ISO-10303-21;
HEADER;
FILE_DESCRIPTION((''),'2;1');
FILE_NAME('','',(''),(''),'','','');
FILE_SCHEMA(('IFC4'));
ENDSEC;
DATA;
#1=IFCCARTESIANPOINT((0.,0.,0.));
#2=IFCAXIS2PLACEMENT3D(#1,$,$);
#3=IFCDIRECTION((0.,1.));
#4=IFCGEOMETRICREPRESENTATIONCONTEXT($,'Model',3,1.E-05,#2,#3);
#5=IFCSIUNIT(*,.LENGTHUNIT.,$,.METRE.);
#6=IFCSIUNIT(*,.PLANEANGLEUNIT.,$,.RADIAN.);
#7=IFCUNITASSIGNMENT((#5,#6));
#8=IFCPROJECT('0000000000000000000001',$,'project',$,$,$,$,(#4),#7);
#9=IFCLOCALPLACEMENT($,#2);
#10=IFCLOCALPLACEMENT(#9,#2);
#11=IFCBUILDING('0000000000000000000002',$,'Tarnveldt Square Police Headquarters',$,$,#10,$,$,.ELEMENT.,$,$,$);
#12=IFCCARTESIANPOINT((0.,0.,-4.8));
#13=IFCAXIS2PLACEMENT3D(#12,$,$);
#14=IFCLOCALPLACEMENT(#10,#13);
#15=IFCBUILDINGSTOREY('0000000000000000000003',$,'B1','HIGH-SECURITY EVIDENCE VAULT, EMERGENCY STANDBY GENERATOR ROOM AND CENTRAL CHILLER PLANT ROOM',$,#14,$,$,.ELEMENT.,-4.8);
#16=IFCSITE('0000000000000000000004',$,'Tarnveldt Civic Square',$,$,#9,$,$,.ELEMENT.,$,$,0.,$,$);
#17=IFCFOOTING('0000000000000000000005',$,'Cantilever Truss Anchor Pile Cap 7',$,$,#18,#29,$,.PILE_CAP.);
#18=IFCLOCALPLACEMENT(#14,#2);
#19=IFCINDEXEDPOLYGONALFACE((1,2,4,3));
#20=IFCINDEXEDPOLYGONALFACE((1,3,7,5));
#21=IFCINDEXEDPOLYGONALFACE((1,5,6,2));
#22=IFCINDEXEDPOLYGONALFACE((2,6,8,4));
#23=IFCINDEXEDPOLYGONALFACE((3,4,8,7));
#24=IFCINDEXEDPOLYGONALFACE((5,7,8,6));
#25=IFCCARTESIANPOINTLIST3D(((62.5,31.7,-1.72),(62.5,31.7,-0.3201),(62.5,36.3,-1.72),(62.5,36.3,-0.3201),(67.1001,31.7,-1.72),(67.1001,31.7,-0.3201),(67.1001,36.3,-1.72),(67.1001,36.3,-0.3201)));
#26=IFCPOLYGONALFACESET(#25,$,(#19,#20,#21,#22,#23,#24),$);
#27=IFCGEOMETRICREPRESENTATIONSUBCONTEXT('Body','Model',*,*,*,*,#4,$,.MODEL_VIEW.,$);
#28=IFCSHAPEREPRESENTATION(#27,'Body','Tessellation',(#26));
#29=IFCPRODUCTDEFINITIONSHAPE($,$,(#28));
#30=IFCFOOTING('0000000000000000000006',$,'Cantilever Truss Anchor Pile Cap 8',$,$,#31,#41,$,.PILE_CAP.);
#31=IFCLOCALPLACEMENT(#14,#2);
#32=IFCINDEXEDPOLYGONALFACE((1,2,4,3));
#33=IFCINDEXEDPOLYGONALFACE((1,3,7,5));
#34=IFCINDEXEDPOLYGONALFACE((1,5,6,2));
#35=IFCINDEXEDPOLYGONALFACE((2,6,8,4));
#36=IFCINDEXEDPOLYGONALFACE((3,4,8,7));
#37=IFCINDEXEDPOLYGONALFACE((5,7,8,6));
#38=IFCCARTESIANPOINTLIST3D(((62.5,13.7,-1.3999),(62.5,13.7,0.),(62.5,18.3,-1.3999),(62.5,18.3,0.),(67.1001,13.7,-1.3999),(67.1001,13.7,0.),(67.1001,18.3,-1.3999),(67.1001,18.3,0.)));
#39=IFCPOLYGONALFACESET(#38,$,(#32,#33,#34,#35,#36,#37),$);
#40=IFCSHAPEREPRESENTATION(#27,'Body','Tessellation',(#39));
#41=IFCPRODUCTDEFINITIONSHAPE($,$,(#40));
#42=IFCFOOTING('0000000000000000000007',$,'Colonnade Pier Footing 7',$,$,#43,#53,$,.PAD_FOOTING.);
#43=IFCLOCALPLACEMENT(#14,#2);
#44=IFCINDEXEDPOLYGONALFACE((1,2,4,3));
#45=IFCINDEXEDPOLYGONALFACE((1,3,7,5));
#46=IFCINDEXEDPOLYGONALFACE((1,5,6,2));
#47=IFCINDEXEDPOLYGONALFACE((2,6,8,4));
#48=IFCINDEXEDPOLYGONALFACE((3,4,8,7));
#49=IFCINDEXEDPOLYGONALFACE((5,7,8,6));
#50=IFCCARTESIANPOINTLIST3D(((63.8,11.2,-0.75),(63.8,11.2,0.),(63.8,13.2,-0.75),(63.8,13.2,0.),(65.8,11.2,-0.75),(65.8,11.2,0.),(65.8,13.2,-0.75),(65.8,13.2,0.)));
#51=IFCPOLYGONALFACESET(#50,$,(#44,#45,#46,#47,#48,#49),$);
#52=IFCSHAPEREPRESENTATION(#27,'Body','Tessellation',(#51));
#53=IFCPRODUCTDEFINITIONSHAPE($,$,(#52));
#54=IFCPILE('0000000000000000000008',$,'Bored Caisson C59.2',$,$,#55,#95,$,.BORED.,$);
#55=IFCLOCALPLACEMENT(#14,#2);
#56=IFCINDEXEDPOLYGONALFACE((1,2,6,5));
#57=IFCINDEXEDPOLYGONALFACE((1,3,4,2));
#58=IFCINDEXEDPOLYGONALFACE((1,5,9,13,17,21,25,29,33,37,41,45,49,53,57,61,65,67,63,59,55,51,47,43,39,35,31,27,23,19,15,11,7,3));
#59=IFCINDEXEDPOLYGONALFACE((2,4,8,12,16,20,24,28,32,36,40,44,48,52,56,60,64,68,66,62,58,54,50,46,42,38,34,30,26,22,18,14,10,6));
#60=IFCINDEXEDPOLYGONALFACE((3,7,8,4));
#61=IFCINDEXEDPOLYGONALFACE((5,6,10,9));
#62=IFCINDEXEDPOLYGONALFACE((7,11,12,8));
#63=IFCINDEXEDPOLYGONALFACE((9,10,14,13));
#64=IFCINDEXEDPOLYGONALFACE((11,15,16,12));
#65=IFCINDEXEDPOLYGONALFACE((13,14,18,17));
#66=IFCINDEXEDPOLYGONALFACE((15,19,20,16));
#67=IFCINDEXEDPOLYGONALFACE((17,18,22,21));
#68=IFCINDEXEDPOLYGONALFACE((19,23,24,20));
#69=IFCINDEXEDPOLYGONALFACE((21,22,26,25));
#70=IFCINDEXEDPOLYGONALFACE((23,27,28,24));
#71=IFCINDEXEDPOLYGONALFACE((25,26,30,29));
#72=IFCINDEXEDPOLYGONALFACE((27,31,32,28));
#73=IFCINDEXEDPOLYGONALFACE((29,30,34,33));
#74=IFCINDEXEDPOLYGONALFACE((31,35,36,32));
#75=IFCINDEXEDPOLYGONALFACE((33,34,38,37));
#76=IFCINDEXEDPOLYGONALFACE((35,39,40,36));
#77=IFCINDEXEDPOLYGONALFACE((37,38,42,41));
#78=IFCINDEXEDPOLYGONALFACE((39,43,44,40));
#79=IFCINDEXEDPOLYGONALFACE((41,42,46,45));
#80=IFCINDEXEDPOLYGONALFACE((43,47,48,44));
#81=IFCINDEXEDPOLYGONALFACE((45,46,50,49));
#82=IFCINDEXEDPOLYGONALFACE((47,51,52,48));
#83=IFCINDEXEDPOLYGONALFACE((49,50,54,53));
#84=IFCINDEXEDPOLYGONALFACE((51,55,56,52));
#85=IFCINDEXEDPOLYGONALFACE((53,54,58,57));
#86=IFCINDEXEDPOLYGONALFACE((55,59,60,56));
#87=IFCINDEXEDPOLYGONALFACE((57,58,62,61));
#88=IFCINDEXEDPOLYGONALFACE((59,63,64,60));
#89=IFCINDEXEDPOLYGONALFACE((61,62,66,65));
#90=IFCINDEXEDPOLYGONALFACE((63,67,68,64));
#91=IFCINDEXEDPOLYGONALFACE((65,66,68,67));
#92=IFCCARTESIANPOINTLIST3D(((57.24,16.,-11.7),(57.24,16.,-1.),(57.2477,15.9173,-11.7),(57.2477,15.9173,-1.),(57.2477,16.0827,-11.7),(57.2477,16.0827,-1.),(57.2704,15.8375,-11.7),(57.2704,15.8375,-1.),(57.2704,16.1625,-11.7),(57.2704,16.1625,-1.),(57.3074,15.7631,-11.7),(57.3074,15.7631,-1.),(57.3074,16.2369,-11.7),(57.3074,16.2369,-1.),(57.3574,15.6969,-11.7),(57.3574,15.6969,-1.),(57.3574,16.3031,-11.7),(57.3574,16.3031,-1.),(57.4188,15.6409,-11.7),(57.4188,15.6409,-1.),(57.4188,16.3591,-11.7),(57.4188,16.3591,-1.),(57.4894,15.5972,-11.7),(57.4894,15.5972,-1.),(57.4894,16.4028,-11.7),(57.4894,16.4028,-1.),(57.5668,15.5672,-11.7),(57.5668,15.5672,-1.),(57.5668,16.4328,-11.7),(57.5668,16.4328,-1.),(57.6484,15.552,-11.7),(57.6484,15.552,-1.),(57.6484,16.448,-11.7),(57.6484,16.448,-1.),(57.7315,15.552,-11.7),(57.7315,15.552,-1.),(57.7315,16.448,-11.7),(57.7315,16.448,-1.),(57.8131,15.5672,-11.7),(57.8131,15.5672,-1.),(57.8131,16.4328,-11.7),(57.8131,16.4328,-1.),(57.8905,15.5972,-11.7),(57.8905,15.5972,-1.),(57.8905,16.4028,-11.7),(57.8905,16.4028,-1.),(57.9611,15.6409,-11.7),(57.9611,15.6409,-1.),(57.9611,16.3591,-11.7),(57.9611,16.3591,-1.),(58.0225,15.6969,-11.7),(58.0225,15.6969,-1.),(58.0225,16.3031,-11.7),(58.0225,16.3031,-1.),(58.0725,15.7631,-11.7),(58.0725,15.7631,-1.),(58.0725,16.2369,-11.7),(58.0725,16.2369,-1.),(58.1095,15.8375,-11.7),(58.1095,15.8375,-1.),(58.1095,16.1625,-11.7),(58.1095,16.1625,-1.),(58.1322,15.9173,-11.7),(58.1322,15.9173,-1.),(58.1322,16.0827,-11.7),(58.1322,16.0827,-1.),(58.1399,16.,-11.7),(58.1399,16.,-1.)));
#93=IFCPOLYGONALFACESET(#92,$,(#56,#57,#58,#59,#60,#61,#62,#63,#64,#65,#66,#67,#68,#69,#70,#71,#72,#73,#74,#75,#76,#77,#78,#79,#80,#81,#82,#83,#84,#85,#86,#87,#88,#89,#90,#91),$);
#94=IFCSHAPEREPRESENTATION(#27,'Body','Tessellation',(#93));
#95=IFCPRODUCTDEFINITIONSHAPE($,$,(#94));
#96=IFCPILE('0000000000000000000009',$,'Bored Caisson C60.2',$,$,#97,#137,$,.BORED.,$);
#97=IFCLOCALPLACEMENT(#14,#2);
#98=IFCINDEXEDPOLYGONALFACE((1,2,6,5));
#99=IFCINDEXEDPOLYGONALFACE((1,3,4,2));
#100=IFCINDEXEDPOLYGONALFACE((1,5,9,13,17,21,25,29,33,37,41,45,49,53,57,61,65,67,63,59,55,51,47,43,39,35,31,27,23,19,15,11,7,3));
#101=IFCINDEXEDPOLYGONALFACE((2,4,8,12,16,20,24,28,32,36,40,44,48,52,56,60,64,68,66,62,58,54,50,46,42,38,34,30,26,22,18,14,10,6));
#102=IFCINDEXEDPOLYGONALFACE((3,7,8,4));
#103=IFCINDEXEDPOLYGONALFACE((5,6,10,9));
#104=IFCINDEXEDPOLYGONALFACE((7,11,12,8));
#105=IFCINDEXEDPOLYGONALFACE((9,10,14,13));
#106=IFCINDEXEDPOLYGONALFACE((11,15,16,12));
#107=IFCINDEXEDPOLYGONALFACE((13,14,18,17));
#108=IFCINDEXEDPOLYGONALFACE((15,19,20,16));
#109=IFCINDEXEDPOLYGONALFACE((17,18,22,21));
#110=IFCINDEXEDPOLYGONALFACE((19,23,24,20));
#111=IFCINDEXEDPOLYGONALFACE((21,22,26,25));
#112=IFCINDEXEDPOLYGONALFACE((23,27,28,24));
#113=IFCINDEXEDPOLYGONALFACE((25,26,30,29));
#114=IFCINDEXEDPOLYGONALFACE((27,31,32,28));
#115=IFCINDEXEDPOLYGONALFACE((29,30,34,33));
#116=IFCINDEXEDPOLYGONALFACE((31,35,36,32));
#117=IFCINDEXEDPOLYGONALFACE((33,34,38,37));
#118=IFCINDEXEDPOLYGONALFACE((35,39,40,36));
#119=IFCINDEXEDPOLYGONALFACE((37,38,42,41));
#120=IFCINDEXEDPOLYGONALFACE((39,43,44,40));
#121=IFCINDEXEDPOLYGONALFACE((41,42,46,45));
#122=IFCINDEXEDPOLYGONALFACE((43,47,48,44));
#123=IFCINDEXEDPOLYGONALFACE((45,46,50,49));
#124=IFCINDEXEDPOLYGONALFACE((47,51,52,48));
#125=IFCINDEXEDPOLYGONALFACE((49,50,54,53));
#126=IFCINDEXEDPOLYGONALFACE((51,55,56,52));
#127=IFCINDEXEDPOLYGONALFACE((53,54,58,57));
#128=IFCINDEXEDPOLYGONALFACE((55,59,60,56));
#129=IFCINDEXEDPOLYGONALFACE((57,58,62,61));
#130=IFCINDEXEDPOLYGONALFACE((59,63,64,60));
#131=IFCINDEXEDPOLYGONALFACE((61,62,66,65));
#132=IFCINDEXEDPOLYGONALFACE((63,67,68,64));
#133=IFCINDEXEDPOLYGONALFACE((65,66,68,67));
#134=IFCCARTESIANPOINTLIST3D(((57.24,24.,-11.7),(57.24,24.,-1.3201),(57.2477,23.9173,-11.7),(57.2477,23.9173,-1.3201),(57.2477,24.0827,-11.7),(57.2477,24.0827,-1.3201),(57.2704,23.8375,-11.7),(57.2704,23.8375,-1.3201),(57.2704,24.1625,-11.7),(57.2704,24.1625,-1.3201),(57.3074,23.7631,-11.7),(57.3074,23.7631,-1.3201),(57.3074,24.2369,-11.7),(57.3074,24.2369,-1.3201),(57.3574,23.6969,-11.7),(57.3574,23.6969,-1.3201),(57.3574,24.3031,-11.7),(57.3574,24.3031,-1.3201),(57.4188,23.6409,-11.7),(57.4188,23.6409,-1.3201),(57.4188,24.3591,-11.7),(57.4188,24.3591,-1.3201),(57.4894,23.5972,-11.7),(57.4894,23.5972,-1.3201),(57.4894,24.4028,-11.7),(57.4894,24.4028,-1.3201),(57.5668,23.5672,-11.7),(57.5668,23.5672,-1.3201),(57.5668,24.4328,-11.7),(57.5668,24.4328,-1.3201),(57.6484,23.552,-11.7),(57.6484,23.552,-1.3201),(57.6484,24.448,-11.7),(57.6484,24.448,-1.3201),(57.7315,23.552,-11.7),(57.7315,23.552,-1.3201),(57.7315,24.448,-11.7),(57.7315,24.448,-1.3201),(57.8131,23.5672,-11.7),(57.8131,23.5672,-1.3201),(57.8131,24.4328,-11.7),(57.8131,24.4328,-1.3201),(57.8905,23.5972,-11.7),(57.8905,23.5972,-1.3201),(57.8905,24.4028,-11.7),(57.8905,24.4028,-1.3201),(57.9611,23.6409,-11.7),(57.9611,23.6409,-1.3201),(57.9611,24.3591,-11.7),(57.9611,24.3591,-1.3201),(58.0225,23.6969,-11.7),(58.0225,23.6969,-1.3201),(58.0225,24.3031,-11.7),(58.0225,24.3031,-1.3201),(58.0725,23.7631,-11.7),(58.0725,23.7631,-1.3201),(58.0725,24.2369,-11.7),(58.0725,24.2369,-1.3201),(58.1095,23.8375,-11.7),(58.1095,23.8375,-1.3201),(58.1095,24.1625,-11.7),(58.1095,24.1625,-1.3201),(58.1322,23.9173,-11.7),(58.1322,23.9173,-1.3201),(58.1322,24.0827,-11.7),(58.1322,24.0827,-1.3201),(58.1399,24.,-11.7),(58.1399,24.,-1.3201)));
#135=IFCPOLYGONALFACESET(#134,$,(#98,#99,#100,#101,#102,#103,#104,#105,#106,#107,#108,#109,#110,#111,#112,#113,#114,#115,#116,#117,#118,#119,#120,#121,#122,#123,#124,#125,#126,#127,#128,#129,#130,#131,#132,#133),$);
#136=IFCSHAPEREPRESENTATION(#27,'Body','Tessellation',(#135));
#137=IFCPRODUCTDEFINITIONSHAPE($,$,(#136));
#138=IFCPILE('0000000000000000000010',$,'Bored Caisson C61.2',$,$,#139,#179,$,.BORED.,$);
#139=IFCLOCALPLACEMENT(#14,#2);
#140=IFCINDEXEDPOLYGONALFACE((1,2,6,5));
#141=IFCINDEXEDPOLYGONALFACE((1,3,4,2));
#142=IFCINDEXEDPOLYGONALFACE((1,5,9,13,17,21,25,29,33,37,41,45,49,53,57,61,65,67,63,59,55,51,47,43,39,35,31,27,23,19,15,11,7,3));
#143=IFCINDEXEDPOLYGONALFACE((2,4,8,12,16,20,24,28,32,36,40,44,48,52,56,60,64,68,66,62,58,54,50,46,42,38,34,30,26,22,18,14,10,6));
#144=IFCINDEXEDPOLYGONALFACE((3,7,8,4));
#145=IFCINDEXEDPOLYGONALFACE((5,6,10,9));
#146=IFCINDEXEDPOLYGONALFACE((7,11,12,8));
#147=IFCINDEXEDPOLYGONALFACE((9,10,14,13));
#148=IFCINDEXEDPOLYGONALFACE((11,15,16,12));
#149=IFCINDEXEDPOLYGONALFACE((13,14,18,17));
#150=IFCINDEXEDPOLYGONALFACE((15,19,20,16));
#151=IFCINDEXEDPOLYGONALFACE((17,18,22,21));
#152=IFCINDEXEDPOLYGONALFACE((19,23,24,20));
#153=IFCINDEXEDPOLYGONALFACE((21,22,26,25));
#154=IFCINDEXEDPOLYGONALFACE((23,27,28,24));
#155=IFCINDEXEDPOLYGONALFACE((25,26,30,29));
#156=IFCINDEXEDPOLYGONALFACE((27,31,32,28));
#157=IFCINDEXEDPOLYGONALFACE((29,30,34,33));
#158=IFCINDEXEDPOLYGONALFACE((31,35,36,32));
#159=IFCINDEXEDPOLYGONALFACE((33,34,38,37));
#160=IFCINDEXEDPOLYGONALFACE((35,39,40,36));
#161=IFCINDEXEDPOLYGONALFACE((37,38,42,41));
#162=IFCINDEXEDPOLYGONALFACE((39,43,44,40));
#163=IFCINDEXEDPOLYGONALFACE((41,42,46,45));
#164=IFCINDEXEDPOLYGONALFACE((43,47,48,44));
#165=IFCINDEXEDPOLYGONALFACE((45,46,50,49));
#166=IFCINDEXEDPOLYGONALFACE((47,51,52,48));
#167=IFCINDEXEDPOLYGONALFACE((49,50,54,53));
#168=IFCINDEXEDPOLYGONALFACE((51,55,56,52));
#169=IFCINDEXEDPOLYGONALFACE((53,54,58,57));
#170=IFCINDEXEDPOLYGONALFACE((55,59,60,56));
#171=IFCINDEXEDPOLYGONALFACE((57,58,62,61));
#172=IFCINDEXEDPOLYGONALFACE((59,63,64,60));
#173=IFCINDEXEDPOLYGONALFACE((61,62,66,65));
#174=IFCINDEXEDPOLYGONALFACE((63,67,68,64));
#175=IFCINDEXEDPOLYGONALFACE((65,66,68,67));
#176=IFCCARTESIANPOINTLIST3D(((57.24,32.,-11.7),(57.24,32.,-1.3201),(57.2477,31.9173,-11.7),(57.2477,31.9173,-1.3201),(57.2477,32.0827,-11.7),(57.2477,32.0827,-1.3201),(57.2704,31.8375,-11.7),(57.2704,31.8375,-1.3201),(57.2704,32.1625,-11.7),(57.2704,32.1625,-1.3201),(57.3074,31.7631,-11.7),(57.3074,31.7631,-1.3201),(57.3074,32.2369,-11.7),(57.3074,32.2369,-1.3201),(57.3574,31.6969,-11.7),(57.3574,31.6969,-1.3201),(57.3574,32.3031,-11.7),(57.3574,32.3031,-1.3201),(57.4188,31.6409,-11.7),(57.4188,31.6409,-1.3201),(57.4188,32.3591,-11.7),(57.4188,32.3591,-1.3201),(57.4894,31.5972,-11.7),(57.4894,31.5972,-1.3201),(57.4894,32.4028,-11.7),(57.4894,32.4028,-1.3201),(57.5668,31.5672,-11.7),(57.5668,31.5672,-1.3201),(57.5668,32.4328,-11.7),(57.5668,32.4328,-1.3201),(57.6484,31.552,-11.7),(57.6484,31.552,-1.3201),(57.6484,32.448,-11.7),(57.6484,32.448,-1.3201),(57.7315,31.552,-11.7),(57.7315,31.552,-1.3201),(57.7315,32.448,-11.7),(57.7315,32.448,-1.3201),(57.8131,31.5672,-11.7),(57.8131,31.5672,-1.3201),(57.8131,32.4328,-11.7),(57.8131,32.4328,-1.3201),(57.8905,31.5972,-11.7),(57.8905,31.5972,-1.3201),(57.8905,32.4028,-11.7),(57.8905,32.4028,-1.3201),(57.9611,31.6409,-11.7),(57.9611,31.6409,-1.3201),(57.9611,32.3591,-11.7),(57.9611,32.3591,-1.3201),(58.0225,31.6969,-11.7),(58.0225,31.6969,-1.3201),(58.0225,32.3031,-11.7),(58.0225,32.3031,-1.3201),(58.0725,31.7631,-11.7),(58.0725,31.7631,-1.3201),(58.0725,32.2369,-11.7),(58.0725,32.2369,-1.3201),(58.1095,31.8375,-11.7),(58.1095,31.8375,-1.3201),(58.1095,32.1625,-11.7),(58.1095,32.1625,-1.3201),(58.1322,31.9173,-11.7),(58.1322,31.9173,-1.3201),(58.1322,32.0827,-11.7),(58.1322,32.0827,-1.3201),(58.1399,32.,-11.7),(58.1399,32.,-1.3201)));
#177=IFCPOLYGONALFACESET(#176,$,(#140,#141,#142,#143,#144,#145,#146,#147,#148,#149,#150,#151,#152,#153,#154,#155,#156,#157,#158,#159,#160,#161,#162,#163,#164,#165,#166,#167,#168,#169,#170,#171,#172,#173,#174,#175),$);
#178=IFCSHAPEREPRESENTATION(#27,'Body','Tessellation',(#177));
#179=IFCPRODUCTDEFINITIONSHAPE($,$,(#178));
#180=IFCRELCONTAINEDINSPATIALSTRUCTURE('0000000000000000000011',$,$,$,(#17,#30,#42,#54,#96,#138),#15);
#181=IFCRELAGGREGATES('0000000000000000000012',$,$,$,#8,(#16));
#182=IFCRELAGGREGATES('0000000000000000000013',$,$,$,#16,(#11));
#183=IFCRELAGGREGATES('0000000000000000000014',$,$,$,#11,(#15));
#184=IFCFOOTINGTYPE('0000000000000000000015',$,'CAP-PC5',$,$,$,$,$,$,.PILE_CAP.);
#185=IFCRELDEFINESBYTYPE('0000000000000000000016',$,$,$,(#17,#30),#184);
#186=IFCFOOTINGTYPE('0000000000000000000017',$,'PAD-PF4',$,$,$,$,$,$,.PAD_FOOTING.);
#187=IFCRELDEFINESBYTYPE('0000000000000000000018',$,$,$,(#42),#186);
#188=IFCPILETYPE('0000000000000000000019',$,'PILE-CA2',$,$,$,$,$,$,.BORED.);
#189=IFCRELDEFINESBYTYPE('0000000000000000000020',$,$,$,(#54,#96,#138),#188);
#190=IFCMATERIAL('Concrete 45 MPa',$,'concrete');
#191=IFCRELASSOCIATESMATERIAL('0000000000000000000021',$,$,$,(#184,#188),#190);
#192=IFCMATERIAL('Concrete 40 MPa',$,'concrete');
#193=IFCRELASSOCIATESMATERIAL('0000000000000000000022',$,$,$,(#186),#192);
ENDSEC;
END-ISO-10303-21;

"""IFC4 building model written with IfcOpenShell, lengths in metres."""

from ifc_helpers import new_model, si_unit, direction, frame, origin, origin_2d, place, context, subcontext, project, spatial, rectangle, circle, extrude, material, material_profile, profile_set, type_object, element, save


model = new_model("IFC4")

# Units and contexts
model_context = context("Model", 3, precision=1e-05, world=origin(), true_north=direction((0.0, 1.0)))
body_context = subcontext(model_context, "Body", "Model", "MODEL_VIEW")
ifc_project = project(units=[si_unit("LENGTHUNIT", "METRE"), si_unit("PLANEANGLEUNIT", "RADIAN")], contexts=[model_context])

# Site, building, storey
site_placement = place(None, origin())
site = spatial("IfcSite", under=ifc_project, at=site_placement, Name="Tarnveldt Civic Square", CompositionType="ELEMENT", RefElevation=0.0)
building_placement = place(site_placement, origin())
building = spatial("IfcBuilding", under=site, at=building_placement, Name="Tarnveldt Square Police Headquarters", CompositionType="ELEMENT")
storey_placement = place(building_placement, frame((0.0, 0.0, -4.8)))
storey = spatial("IfcBuildingStorey", under=building, at=storey_placement, Name="B1", Description="HIGH-SECURITY EVIDENCE VAULT, EMERGENCY STANDBY GENERATOR ROOM AND CENTRAL CHILLER PLANT ROOM", CompositionType="ELEMENT", Elevation=-4.8)

# Footings
ifc_material_1 = material(Name="Concrete 45 MPa", Category="concrete")
footing_type_1 = type_object("IfcFootingType", Name="CAP-PC5", PredefinedType="PILE_CAP", material=ifc_material_1)
for number, where, z_axis, x_axis, name in (
    (1, (64.8, 34.0, -1.72), (0.0, 0.0, 1.0), (1.0, 0.0, 0.0), "Cantilever Truss Anchor Pile Cap 7"),
    (2, (64.8, 16.0, -1.3999), (0.0, 0.0, 1.0), (1.0, 0.0, 0.0), "Cantilever Truss Anchor Pile Cap 8"),
):
    element("IfcFooting", number, at=place(storey_placement, frame(where, z_axis=z_axis, x_axis=x_axis)), inside=storey, type_object=footing_type_1, Name=name, PredefinedType="PILE_CAP", context=body_context, shape_type="SweptSolid", body=[
        extrude(rectangle(XDim=4.6001, YDim=4.6001, at=origin_2d()), origin(), (0.0, 0.0, 1.0), 1.3999),
    ])
ifc_material_2 = material(Name="Concrete 40 MPa", Category="concrete")
footing_type_2 = type_object("IfcFootingType", Name="PAD-PF4", PredefinedType="PAD_FOOTING", material=ifc_material_2)
footing_placement = place(storey_placement, frame((64.8, 12.2, -0.75), z_axis=(0.0, 0.0, 1.0), x_axis=(1.0, 0.0, 0.0)))
element("IfcFooting", 3, at=footing_placement, inside=storey, type_object=footing_type_2, Name="Colonnade Pier Footing 7", PredefinedType="PAD_FOOTING", context=body_context, shape_type="SweptSolid", body=[
    extrude(rectangle(XDim=2.0, YDim=2.0, at=origin_2d()), origin(), (0.0, 0.0, 1.0), 0.75),
])

# Piles
ifc_material_profile_1 = material_profile(ifc_material_1, circle(Radius=0.45, at=origin_2d()), Name="CAISSON-D900")
ifc_profile_set_1 = profile_set([ifc_material_profile_1], Name="Concrete 45 MPa")
pile_type_1 = type_object("IfcPileType", Name="PILE-CA2", PredefinedType="BORED", material=ifc_profile_set_1)
pile_placement = place(storey_placement, frame((57.6899, 16.0, -1.0), z_axis=(0.0, 0.0, -1.0), x_axis=(1.0, 0.0, 0.0)))
element("IfcPile", 4, at=pile_placement, inside=storey, type_object=pile_type_1, Name="Bored Caisson C59.2", PredefinedType="BORED", context=body_context, shape_type="SweptSolid", body=[
    extrude(circle(Radius=0.45, at=origin_2d()), origin(), (0.0, 0.0, 1.0), 10.7),
])
for number, where, z_axis, x_axis, name in (
    (5, (57.6899, 24.0, -1.3201), (0.0, 0.0, -1.0), (1.0, 0.0, 0.0), "Bored Caisson C60.2"),
    (6, (57.6899, 32.0, -1.3201), (0.0, 0.0, -1.0), (1.0, 0.0, 0.0), "Bored Caisson C61.2"),
):
    element("IfcPile", number, at=place(storey_placement, frame(where, z_axis=z_axis, x_axis=x_axis)), inside=storey, type_object=pile_type_1, Name=name, PredefinedType="BORED", context=body_context, shape_type="SweptSolid", body=[
        extrude(circle(Radius=0.45, at=origin_2d()), origin(), (0.0, 0.0, 1.0), 10.3799),
    ])

save(model, "model.ifc")
